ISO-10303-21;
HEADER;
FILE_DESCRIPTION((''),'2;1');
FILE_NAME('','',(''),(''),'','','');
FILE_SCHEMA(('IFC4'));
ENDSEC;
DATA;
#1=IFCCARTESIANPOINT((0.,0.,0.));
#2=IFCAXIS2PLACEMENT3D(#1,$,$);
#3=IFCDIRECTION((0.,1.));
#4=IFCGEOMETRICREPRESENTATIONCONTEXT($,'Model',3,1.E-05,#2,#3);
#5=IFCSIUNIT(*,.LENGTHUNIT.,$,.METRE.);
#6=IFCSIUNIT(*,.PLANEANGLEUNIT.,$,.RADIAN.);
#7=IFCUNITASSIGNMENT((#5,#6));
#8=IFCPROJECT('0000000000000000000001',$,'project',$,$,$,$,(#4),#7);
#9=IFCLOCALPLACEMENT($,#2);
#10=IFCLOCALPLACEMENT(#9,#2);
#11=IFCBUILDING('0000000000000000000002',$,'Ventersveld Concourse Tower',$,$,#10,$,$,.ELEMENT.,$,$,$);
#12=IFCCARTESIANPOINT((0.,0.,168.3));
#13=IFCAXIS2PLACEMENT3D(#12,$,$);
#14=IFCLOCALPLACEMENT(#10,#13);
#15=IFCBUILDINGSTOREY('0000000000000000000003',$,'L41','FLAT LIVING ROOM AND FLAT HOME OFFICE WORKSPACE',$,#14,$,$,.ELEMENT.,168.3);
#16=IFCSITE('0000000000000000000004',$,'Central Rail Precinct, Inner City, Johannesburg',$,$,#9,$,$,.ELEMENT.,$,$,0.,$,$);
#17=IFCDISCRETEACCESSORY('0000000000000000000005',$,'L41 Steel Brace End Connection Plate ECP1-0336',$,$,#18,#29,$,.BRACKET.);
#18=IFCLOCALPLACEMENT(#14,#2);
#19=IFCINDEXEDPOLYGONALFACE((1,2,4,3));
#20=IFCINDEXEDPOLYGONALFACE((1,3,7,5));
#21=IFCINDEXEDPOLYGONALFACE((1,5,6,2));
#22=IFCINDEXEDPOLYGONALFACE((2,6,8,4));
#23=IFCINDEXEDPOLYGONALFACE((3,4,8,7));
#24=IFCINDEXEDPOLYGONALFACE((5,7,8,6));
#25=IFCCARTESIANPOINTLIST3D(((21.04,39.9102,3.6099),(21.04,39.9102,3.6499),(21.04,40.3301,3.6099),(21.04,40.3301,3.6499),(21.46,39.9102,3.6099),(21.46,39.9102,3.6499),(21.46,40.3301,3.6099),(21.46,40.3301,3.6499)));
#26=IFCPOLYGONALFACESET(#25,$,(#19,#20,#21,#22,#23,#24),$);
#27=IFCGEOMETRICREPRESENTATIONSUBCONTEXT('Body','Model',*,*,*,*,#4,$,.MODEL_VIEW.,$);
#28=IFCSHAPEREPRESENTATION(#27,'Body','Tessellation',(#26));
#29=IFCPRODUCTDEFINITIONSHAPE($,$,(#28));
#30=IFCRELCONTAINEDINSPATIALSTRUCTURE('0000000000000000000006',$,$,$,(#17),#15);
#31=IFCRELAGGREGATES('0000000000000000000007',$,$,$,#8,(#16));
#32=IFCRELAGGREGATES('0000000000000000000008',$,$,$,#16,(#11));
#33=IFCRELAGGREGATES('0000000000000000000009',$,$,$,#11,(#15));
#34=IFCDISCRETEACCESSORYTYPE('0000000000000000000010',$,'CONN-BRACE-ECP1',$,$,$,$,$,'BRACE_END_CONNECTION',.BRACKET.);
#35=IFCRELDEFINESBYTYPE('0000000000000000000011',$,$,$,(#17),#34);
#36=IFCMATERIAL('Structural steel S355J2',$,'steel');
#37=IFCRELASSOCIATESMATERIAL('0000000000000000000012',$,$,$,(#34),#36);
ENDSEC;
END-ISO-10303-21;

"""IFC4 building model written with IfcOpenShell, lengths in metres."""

from ifc_helpers import new_model, si_unit, direction, frame, origin, origin_2d, place, context, subcontext, project, spatial, rectangle, extrude, material, type_object, element, save


model = new_model("IFC4")

# Units and contexts
model_context = context("Model", 3, precision=1e-05, world=origin(), true_north=direction((0.0, 1.0)))
body_context = subcontext(model_context, "Body", "Model", "MODEL_VIEW")
ifc_project = project(units=[si_unit("LENGTHUNIT", "METRE"), si_unit("PLANEANGLEUNIT", "RADIAN")], contexts=[model_context])

# Site, building, storey
site_placement = place(None, origin())
site = spatial("IfcSite", under=ifc_project, at=site_placement, Name="Central Rail Precinct, Inner City, Johannesburg", CompositionType="ELEMENT", RefElevation=0.0)
building_placement = place(site_placement, origin())
building = spatial("IfcBuilding", under=site, at=building_placement, Name="Ventersveld Concourse Tower", CompositionType="ELEMENT")
storey_placement = place(building_placement, frame((0.0, 0.0, 168.3)))
storey = spatial("IfcBuildingStorey", under=building, at=storey_placement, Name="L41", Description="FLAT LIVING ROOM AND FLAT HOME OFFICE WORKSPACE", CompositionType="ELEMENT", Elevation=168.3)

# Shared definitions
ifc_material_1 = material(Name="Structural steel S355J2", Category="steel")

# Discrete accessory
discrete_accessory_type = type_object("IfcDiscreteAccessoryType", Name="CONN-BRACE-ECP1", ElementType="BRACE_END_CONNECTION", PredefinedType="BRACKET", material=ifc_material_1)
discrete_accessory_placement = place(storey_placement, frame((21.25, 40.1201, 3.6099), z_axis=(0.0, 0.0, 1.0), x_axis=(1.0, 0.0, 0.0)))
element("IfcDiscreteAccessory", 1, at=discrete_accessory_placement, inside=storey, type_object=discrete_accessory_type, Name="L41 Steel Brace End Connection Plate ECP1-0336", PredefinedType="BRACKET", context=body_context, shape_type="SweptSolid", body=[
    extrude(rectangle(XDim=0.4199, YDim=0.4199, at=origin_2d()), origin(), (0.0, 0.0, 1.0), 0.04),
])

save(model, "model.ifc")
